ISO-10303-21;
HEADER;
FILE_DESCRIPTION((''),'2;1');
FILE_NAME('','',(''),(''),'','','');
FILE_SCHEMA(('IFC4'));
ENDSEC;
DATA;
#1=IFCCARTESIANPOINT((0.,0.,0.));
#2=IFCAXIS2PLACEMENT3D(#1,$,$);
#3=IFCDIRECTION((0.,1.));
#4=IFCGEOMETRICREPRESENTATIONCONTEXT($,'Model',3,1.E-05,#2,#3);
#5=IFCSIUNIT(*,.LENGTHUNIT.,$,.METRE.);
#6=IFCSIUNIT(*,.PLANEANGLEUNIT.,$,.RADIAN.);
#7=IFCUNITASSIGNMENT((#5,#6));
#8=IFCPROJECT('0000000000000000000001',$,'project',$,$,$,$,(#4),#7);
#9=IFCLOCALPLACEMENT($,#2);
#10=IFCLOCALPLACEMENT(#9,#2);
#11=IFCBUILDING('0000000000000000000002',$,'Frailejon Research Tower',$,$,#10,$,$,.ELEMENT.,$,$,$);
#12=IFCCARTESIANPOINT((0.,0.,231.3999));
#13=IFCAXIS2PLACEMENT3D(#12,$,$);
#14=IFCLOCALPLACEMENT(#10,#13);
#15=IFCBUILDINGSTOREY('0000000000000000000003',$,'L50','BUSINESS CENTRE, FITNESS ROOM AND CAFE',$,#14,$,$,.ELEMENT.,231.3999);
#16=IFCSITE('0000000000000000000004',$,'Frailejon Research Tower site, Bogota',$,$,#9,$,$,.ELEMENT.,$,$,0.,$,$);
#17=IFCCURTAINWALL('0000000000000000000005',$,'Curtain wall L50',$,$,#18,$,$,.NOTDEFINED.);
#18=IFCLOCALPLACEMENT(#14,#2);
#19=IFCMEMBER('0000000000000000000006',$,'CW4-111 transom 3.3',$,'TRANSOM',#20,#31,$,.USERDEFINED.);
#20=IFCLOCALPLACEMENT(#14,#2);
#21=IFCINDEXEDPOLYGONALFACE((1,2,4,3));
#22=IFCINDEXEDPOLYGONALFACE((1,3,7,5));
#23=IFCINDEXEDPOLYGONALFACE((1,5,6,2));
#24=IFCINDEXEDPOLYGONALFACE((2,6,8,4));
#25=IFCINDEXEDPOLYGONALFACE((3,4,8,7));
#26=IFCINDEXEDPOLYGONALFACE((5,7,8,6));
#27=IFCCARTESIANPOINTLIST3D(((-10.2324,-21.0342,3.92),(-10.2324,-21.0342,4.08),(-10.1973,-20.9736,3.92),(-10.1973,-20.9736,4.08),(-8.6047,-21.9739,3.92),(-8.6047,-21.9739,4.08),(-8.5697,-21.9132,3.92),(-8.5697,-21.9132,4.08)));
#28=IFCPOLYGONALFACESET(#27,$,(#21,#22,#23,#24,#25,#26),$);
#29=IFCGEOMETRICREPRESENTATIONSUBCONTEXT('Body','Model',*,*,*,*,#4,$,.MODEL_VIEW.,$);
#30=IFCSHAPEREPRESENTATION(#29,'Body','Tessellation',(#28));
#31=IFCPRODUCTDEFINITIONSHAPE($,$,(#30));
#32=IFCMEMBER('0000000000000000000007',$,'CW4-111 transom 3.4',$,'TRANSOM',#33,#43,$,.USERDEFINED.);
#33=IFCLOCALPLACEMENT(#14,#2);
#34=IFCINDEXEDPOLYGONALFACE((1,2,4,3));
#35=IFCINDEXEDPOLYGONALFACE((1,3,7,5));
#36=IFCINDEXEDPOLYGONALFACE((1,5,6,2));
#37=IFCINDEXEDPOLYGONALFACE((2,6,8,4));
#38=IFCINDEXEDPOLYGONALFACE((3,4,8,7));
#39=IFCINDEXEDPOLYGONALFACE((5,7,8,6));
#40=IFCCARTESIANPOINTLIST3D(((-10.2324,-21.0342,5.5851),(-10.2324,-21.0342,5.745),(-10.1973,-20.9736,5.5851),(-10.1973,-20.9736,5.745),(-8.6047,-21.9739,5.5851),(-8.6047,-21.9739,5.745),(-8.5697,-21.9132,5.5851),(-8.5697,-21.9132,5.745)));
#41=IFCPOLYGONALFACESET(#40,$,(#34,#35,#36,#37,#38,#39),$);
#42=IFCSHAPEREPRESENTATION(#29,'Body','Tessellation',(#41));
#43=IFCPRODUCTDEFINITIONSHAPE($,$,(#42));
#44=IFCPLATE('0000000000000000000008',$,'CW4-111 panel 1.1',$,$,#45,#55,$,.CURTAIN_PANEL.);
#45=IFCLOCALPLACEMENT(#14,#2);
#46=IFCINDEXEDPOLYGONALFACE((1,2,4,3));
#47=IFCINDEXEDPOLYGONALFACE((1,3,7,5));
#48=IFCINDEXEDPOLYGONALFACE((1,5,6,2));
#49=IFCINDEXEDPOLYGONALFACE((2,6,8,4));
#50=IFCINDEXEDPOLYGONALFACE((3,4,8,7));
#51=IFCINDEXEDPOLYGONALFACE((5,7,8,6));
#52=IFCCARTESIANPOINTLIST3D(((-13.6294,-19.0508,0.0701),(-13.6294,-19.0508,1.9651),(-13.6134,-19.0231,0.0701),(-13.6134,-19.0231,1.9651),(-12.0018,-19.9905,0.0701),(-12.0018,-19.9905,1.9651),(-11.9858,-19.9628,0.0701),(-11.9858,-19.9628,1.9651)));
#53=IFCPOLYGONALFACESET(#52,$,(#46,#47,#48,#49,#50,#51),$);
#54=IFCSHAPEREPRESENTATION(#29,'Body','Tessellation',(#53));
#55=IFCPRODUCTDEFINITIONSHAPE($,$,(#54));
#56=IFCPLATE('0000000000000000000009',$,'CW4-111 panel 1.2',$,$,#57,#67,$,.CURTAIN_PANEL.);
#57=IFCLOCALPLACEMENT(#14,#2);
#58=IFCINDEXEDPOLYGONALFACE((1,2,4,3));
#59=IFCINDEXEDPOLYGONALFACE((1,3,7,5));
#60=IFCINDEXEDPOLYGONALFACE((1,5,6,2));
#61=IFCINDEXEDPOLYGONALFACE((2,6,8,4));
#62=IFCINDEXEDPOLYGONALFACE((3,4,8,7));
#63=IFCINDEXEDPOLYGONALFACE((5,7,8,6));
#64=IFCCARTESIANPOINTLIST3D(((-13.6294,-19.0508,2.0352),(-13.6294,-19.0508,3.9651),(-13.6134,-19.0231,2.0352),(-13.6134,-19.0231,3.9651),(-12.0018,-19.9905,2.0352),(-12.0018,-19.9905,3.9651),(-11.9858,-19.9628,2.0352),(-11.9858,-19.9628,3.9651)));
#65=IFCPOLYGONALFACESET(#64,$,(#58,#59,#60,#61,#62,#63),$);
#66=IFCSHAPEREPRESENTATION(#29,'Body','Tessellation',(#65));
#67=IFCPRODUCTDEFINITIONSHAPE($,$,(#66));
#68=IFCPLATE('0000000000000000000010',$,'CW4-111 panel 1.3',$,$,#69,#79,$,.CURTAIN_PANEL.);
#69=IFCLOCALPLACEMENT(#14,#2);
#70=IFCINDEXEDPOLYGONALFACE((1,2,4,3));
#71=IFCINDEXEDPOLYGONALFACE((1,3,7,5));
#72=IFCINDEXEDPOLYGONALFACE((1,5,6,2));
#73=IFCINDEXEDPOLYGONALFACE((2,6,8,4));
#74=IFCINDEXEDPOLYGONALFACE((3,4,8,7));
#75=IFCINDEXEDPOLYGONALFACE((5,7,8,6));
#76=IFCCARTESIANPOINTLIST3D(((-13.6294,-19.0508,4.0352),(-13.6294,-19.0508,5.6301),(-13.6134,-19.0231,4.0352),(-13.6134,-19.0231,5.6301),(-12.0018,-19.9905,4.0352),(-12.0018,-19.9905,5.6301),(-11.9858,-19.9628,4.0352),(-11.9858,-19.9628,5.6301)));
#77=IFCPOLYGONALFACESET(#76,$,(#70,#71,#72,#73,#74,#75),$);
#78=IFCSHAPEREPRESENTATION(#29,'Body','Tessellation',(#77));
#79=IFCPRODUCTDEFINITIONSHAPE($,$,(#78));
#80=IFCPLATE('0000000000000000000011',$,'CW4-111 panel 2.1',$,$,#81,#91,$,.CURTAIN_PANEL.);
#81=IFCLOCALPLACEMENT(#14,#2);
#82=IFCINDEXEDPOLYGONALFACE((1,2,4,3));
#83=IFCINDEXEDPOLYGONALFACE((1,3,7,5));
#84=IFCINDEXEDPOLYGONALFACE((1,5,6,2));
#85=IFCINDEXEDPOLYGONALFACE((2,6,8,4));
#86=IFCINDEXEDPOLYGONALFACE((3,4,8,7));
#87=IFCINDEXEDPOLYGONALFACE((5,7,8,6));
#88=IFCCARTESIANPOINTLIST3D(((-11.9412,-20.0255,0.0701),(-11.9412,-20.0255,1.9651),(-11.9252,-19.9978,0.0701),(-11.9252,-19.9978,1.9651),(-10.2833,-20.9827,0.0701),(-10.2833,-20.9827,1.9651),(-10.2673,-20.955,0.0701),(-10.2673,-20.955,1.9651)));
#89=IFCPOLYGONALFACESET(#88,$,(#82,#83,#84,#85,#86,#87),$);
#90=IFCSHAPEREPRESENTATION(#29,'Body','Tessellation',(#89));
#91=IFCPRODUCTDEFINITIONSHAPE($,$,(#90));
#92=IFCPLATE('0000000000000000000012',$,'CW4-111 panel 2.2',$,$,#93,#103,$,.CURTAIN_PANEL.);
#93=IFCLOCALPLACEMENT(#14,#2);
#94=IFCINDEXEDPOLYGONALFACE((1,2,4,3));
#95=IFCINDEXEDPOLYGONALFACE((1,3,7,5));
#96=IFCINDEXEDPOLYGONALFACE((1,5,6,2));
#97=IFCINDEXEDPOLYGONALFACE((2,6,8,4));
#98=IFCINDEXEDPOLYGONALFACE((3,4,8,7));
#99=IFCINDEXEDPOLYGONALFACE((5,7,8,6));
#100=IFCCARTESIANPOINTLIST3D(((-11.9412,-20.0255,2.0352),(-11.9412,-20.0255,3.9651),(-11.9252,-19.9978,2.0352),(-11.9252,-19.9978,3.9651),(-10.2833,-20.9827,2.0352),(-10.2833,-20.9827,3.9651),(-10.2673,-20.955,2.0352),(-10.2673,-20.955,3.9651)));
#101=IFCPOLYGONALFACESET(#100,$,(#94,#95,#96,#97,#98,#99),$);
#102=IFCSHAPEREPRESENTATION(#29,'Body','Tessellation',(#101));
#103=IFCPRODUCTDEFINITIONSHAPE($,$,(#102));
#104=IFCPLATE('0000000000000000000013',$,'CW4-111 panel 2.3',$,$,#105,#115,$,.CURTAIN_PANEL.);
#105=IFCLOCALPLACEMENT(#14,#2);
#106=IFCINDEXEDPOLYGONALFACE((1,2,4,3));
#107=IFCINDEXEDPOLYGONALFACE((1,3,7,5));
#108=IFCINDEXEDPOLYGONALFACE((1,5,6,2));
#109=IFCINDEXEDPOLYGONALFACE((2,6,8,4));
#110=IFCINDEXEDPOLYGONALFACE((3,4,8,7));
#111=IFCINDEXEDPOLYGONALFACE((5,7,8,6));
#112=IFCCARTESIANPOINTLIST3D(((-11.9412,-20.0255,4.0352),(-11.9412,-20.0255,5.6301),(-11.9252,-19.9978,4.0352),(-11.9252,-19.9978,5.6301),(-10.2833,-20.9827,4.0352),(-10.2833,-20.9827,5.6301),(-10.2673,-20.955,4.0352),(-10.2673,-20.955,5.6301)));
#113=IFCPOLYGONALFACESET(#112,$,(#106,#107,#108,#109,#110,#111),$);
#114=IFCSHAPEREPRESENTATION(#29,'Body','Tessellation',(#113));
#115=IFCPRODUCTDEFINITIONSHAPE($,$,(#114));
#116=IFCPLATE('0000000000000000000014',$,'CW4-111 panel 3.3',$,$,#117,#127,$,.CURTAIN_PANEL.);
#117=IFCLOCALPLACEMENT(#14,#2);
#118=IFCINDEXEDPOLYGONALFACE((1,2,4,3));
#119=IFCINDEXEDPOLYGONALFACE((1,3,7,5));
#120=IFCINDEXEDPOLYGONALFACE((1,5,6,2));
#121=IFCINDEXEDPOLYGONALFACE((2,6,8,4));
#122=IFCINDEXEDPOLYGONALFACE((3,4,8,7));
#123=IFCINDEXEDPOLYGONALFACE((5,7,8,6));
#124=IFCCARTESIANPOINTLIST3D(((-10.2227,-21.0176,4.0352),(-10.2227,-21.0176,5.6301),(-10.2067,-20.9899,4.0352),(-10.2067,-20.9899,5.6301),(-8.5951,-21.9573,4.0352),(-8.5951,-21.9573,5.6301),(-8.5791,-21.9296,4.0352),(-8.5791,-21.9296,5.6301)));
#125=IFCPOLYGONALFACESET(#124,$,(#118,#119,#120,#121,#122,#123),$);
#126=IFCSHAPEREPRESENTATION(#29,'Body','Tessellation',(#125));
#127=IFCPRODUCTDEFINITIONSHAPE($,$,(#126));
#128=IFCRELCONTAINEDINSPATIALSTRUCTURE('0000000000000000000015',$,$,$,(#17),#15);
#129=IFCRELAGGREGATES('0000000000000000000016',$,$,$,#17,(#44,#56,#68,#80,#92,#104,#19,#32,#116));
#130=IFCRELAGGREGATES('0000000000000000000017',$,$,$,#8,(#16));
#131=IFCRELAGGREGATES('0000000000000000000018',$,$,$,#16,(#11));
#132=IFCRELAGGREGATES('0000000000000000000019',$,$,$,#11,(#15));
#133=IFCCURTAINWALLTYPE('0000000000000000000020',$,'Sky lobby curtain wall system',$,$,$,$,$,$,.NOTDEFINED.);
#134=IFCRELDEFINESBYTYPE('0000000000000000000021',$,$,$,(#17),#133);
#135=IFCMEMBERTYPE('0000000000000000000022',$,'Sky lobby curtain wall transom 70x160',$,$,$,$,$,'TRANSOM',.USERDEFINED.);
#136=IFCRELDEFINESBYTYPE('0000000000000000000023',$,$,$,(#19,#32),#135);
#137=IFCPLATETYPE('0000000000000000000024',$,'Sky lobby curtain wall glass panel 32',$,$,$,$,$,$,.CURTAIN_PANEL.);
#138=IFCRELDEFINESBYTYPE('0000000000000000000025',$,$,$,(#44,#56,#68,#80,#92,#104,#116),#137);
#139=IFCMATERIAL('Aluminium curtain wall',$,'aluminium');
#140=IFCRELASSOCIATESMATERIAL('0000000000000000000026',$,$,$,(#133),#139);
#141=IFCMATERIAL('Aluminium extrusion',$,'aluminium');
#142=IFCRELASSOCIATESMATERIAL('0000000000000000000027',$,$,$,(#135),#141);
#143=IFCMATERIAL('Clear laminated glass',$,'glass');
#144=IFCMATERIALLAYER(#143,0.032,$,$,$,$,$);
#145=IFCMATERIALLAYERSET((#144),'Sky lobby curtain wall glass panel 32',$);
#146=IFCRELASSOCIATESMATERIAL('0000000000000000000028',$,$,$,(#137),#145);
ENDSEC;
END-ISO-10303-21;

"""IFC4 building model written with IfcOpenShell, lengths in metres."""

from ifc_helpers import new_model, si_unit, direction, frame, origin, origin_2d, place, context, subcontext, project, spatial, rectangle, extrude, material, layer, layer_set, material_profile, profile_set, type_object, element, aggregate, save


model = new_model("IFC4")

# Units and contexts
model_context = context("Model", 3, precision=1e-05, world=origin(), true_north=direction((0.0, 1.0)))
body_context = subcontext(model_context, "Body", "Model", "MODEL_VIEW")
ifc_project = project(units=[si_unit("LENGTHUNIT", "METRE"), si_unit("PLANEANGLEUNIT", "RADIAN")], contexts=[model_context])

# Site, building, storey
site_placement = place(None, origin())
site = spatial("IfcSite", under=ifc_project, at=site_placement, Name="Frailejon Research Tower site, Bogota", CompositionType="ELEMENT", RefElevation=0.0)
building_placement = place(site_placement, origin())
building = spatial("IfcBuilding", under=site, at=building_placement, Name="Frailejon Research Tower", CompositionType="ELEMENT")
storey_placement = place(building_placement, frame((0.0, 0.0, 231.3999)))
storey = spatial("IfcBuildingStorey", under=building, at=storey_placement, Name="L50", Description="BUSINESS CENTRE, FITNESS ROOM AND CAFE", CompositionType="ELEMENT", Elevation=231.3999)

# Shared definitions
ifc_material_1 = material(Name="Aluminium curtain wall", Category="aluminium")
curtain_wall_type = type_object("IfcCurtainWallType", Name="Sky lobby curtain wall system", PredefinedType="NOTDEFINED", material=ifc_material_1)

# Curtain wall, members, plates
curtain_wall_1_placement = place(storey_placement, origin())
curtain_wall_1 = element("IfcCurtainWall", 1, at=curtain_wall_1_placement, inside=storey, type_object=curtain_wall_type, Name="Curtain wall L50", PredefinedType="NOTDEFINED")
ifc_material_2 = material(Name="Aluminium extrusion", Category="aluminium")
ifc_material_profile_1 = material_profile(ifc_material_2, rectangle(XDim=0.0701, YDim=0.1599, at=origin_2d()), Name="Sky lobby curtain wall transom 70x160")
ifc_profile_set_1 = profile_set([ifc_material_profile_1], Name="Aluminium extrusion")
member_type_1 = type_object("IfcMemberType", Name="Sky lobby curtain wall transom 70x160", ElementType="TRANSOM", PredefinedType="USERDEFINED", material=ifc_profile_set_1)
member_1_placement = place(storey_placement, frame((-10.2148, -21.0039, 4.0), z_axis=(0.866036, -0.499981, 0.0), x_axis=(0.499981, 0.866036, 0.0)))
member_1 = element("IfcMember", 2, at=member_1_placement, type_object=member_type_1, Name="CW4-111 transom 3.3", ObjectType="TRANSOM", PredefinedType="USERDEFINED", context=body_context, shape_type="SweptSolid", body=[
    extrude(rectangle(XDim=0.0701, YDim=0.1599, at=origin_2d()), origin(), (0.0, 0.0, 1.0), 1.8794),
])
member_2_placement = place(storey_placement, frame((-10.2148, -21.0039, 5.665), z_axis=(0.866036, -0.499981, 0.0), x_axis=(0.499981, 0.866036, 0.0)))
member_2 = element("IfcMember", 3, at=member_2_placement, type_object=member_type_1, Name="CW4-111 transom 3.4", ObjectType="TRANSOM", PredefinedType="USERDEFINED", context=body_context, shape_type="SweptSolid", body=[
    extrude(rectangle(XDim=0.0701, YDim=0.1599, at=origin_2d()), origin(), (0.0, 0.0, 1.0), 1.8794),
])
ifc_material_3 = material(Name="Clear laminated glass", Category="glass")
ifc_layer = layer(ifc_material_3, 0.032)
ifc_layer_set = layer_set([ifc_layer], Name="Sky lobby curtain wall glass panel 32")
plate_type = type_object("IfcPlateType", Name="Sky lobby curtain wall glass panel 32", PredefinedType="CURTAIN_PANEL", material=ifc_layer_set)
plate_1_placement = place(storey_placement, frame((-12.8076, -19.5068, 0.0701), z_axis=(0.0, 0.0, 1.0), x_axis=(0.866031, -0.499991, 0.0)))
plate_1 = element("IfcPlate", 4, at=plate_1_placement, type_object=plate_type, Name="CW4-111 panel 1.1", PredefinedType="CURTAIN_PANEL", context=body_context, shape_type="SweptSolid", body=[
    extrude(rectangle(XDim=1.8794, YDim=0.032, at=origin_2d()), origin(), (0.0, 0.0, 1.0), 1.895),
])
plate_2_placement = place(storey_placement, frame((-12.8076, -19.5068, 2.0352), z_axis=(0.0, 0.0, 1.0), x_axis=(0.866031, -0.499991, 0.0)))
plate_2 = element("IfcPlate", 5, at=plate_2_placement, type_object=plate_type, Name="CW4-111 panel 1.2", PredefinedType="CURTAIN_PANEL", context=body_context, shape_type="SweptSolid", body=[
    extrude(rectangle(XDim=1.8794, YDim=0.032, at=origin_2d()), origin(), (0.0, 0.0, 1.0), 1.9299),
])
plate_3_placement = place(storey_placement, frame((-12.8076, -19.5068, 4.0352), z_axis=(0.0, 0.0, 1.0), x_axis=(0.866031, -0.499991, 0.0)))
plate_3 = element("IfcPlate", 6, at=plate_3_placement, type_object=plate_type, Name="CW4-111 panel 1.3", PredefinedType="CURTAIN_PANEL", context=body_context, shape_type="SweptSolid", body=[
    extrude(rectangle(XDim=1.8794, YDim=0.032, at=origin_2d()), origin(), (0.0, 0.0, 1.0), 1.595),
])
plate_4_placement = place(storey_placement, frame((-11.1042, -20.4902, 0.0701), z_axis=(0.0, 0.0, 1.0), x_axis=(0.866031, -0.499991, 0.0)))
plate_4 = element("IfcPlate", 7, at=plate_4_placement, type_object=plate_type, Name="CW4-111 panel 2.1", PredefinedType="CURTAIN_PANEL", context=body_context, shape_type="SweptSolid", body=[
    extrude(rectangle(XDim=1.9143, YDim=0.032, at=origin_2d()), origin(), (0.0, 0.0, 1.0), 1.895),
])
plate_5_placement = place(storey_placement, frame((-11.1042, -20.4902, 2.0352), z_axis=(0.0, 0.0, 1.0), x_axis=(0.866031, -0.499991, 0.0)))
plate_5 = element("IfcPlate", 8, at=plate_5_placement, type_object=plate_type, Name="CW4-111 panel 2.2", PredefinedType="CURTAIN_PANEL", context=body_context, shape_type="SweptSolid", body=[
    extrude(rectangle(XDim=1.9143, YDim=0.032, at=origin_2d()), origin(), (0.0, 0.0, 1.0), 1.9299),
])
plate_6_placement = place(storey_placement, frame((-11.1042, -20.4902, 4.0352), z_axis=(0.0, 0.0, 1.0), x_axis=(0.866031, -0.499991, 0.0)))
plate_6 = element("IfcPlate", 9, at=plate_6_placement, type_object=plate_type, Name="CW4-111 panel 2.3", PredefinedType="CURTAIN_PANEL", context=body_context, shape_type="SweptSolid", body=[
    extrude(rectangle(XDim=1.9143, YDim=0.032, at=origin_2d()), origin(), (0.0, 0.0, 1.0), 1.595),
])
plate_7_placement = place(storey_placement, frame((-9.4009, -21.4736, 4.0352), z_axis=(0.0, 0.0, 1.0), x_axis=(0.866031, -0.499991, 0.0)))
plate_7 = element("IfcPlate", 10, at=plate_7_placement, type_object=plate_type, Name="CW4-111 panel 3.3", PredefinedType="CURTAIN_PANEL", context=body_context, shape_type="SweptSolid", body=[
    extrude(rectangle(XDim=1.8794, YDim=0.032, at=origin_2d()), origin(), (0.0, 0.0, 1.0), 1.595),
])
aggregate(curtain_wall_1, [plate_1, plate_2, plate_3, plate_4, plate_5, plate_6, member_1, member_2, plate_7])

save(model, "model.ifc")
